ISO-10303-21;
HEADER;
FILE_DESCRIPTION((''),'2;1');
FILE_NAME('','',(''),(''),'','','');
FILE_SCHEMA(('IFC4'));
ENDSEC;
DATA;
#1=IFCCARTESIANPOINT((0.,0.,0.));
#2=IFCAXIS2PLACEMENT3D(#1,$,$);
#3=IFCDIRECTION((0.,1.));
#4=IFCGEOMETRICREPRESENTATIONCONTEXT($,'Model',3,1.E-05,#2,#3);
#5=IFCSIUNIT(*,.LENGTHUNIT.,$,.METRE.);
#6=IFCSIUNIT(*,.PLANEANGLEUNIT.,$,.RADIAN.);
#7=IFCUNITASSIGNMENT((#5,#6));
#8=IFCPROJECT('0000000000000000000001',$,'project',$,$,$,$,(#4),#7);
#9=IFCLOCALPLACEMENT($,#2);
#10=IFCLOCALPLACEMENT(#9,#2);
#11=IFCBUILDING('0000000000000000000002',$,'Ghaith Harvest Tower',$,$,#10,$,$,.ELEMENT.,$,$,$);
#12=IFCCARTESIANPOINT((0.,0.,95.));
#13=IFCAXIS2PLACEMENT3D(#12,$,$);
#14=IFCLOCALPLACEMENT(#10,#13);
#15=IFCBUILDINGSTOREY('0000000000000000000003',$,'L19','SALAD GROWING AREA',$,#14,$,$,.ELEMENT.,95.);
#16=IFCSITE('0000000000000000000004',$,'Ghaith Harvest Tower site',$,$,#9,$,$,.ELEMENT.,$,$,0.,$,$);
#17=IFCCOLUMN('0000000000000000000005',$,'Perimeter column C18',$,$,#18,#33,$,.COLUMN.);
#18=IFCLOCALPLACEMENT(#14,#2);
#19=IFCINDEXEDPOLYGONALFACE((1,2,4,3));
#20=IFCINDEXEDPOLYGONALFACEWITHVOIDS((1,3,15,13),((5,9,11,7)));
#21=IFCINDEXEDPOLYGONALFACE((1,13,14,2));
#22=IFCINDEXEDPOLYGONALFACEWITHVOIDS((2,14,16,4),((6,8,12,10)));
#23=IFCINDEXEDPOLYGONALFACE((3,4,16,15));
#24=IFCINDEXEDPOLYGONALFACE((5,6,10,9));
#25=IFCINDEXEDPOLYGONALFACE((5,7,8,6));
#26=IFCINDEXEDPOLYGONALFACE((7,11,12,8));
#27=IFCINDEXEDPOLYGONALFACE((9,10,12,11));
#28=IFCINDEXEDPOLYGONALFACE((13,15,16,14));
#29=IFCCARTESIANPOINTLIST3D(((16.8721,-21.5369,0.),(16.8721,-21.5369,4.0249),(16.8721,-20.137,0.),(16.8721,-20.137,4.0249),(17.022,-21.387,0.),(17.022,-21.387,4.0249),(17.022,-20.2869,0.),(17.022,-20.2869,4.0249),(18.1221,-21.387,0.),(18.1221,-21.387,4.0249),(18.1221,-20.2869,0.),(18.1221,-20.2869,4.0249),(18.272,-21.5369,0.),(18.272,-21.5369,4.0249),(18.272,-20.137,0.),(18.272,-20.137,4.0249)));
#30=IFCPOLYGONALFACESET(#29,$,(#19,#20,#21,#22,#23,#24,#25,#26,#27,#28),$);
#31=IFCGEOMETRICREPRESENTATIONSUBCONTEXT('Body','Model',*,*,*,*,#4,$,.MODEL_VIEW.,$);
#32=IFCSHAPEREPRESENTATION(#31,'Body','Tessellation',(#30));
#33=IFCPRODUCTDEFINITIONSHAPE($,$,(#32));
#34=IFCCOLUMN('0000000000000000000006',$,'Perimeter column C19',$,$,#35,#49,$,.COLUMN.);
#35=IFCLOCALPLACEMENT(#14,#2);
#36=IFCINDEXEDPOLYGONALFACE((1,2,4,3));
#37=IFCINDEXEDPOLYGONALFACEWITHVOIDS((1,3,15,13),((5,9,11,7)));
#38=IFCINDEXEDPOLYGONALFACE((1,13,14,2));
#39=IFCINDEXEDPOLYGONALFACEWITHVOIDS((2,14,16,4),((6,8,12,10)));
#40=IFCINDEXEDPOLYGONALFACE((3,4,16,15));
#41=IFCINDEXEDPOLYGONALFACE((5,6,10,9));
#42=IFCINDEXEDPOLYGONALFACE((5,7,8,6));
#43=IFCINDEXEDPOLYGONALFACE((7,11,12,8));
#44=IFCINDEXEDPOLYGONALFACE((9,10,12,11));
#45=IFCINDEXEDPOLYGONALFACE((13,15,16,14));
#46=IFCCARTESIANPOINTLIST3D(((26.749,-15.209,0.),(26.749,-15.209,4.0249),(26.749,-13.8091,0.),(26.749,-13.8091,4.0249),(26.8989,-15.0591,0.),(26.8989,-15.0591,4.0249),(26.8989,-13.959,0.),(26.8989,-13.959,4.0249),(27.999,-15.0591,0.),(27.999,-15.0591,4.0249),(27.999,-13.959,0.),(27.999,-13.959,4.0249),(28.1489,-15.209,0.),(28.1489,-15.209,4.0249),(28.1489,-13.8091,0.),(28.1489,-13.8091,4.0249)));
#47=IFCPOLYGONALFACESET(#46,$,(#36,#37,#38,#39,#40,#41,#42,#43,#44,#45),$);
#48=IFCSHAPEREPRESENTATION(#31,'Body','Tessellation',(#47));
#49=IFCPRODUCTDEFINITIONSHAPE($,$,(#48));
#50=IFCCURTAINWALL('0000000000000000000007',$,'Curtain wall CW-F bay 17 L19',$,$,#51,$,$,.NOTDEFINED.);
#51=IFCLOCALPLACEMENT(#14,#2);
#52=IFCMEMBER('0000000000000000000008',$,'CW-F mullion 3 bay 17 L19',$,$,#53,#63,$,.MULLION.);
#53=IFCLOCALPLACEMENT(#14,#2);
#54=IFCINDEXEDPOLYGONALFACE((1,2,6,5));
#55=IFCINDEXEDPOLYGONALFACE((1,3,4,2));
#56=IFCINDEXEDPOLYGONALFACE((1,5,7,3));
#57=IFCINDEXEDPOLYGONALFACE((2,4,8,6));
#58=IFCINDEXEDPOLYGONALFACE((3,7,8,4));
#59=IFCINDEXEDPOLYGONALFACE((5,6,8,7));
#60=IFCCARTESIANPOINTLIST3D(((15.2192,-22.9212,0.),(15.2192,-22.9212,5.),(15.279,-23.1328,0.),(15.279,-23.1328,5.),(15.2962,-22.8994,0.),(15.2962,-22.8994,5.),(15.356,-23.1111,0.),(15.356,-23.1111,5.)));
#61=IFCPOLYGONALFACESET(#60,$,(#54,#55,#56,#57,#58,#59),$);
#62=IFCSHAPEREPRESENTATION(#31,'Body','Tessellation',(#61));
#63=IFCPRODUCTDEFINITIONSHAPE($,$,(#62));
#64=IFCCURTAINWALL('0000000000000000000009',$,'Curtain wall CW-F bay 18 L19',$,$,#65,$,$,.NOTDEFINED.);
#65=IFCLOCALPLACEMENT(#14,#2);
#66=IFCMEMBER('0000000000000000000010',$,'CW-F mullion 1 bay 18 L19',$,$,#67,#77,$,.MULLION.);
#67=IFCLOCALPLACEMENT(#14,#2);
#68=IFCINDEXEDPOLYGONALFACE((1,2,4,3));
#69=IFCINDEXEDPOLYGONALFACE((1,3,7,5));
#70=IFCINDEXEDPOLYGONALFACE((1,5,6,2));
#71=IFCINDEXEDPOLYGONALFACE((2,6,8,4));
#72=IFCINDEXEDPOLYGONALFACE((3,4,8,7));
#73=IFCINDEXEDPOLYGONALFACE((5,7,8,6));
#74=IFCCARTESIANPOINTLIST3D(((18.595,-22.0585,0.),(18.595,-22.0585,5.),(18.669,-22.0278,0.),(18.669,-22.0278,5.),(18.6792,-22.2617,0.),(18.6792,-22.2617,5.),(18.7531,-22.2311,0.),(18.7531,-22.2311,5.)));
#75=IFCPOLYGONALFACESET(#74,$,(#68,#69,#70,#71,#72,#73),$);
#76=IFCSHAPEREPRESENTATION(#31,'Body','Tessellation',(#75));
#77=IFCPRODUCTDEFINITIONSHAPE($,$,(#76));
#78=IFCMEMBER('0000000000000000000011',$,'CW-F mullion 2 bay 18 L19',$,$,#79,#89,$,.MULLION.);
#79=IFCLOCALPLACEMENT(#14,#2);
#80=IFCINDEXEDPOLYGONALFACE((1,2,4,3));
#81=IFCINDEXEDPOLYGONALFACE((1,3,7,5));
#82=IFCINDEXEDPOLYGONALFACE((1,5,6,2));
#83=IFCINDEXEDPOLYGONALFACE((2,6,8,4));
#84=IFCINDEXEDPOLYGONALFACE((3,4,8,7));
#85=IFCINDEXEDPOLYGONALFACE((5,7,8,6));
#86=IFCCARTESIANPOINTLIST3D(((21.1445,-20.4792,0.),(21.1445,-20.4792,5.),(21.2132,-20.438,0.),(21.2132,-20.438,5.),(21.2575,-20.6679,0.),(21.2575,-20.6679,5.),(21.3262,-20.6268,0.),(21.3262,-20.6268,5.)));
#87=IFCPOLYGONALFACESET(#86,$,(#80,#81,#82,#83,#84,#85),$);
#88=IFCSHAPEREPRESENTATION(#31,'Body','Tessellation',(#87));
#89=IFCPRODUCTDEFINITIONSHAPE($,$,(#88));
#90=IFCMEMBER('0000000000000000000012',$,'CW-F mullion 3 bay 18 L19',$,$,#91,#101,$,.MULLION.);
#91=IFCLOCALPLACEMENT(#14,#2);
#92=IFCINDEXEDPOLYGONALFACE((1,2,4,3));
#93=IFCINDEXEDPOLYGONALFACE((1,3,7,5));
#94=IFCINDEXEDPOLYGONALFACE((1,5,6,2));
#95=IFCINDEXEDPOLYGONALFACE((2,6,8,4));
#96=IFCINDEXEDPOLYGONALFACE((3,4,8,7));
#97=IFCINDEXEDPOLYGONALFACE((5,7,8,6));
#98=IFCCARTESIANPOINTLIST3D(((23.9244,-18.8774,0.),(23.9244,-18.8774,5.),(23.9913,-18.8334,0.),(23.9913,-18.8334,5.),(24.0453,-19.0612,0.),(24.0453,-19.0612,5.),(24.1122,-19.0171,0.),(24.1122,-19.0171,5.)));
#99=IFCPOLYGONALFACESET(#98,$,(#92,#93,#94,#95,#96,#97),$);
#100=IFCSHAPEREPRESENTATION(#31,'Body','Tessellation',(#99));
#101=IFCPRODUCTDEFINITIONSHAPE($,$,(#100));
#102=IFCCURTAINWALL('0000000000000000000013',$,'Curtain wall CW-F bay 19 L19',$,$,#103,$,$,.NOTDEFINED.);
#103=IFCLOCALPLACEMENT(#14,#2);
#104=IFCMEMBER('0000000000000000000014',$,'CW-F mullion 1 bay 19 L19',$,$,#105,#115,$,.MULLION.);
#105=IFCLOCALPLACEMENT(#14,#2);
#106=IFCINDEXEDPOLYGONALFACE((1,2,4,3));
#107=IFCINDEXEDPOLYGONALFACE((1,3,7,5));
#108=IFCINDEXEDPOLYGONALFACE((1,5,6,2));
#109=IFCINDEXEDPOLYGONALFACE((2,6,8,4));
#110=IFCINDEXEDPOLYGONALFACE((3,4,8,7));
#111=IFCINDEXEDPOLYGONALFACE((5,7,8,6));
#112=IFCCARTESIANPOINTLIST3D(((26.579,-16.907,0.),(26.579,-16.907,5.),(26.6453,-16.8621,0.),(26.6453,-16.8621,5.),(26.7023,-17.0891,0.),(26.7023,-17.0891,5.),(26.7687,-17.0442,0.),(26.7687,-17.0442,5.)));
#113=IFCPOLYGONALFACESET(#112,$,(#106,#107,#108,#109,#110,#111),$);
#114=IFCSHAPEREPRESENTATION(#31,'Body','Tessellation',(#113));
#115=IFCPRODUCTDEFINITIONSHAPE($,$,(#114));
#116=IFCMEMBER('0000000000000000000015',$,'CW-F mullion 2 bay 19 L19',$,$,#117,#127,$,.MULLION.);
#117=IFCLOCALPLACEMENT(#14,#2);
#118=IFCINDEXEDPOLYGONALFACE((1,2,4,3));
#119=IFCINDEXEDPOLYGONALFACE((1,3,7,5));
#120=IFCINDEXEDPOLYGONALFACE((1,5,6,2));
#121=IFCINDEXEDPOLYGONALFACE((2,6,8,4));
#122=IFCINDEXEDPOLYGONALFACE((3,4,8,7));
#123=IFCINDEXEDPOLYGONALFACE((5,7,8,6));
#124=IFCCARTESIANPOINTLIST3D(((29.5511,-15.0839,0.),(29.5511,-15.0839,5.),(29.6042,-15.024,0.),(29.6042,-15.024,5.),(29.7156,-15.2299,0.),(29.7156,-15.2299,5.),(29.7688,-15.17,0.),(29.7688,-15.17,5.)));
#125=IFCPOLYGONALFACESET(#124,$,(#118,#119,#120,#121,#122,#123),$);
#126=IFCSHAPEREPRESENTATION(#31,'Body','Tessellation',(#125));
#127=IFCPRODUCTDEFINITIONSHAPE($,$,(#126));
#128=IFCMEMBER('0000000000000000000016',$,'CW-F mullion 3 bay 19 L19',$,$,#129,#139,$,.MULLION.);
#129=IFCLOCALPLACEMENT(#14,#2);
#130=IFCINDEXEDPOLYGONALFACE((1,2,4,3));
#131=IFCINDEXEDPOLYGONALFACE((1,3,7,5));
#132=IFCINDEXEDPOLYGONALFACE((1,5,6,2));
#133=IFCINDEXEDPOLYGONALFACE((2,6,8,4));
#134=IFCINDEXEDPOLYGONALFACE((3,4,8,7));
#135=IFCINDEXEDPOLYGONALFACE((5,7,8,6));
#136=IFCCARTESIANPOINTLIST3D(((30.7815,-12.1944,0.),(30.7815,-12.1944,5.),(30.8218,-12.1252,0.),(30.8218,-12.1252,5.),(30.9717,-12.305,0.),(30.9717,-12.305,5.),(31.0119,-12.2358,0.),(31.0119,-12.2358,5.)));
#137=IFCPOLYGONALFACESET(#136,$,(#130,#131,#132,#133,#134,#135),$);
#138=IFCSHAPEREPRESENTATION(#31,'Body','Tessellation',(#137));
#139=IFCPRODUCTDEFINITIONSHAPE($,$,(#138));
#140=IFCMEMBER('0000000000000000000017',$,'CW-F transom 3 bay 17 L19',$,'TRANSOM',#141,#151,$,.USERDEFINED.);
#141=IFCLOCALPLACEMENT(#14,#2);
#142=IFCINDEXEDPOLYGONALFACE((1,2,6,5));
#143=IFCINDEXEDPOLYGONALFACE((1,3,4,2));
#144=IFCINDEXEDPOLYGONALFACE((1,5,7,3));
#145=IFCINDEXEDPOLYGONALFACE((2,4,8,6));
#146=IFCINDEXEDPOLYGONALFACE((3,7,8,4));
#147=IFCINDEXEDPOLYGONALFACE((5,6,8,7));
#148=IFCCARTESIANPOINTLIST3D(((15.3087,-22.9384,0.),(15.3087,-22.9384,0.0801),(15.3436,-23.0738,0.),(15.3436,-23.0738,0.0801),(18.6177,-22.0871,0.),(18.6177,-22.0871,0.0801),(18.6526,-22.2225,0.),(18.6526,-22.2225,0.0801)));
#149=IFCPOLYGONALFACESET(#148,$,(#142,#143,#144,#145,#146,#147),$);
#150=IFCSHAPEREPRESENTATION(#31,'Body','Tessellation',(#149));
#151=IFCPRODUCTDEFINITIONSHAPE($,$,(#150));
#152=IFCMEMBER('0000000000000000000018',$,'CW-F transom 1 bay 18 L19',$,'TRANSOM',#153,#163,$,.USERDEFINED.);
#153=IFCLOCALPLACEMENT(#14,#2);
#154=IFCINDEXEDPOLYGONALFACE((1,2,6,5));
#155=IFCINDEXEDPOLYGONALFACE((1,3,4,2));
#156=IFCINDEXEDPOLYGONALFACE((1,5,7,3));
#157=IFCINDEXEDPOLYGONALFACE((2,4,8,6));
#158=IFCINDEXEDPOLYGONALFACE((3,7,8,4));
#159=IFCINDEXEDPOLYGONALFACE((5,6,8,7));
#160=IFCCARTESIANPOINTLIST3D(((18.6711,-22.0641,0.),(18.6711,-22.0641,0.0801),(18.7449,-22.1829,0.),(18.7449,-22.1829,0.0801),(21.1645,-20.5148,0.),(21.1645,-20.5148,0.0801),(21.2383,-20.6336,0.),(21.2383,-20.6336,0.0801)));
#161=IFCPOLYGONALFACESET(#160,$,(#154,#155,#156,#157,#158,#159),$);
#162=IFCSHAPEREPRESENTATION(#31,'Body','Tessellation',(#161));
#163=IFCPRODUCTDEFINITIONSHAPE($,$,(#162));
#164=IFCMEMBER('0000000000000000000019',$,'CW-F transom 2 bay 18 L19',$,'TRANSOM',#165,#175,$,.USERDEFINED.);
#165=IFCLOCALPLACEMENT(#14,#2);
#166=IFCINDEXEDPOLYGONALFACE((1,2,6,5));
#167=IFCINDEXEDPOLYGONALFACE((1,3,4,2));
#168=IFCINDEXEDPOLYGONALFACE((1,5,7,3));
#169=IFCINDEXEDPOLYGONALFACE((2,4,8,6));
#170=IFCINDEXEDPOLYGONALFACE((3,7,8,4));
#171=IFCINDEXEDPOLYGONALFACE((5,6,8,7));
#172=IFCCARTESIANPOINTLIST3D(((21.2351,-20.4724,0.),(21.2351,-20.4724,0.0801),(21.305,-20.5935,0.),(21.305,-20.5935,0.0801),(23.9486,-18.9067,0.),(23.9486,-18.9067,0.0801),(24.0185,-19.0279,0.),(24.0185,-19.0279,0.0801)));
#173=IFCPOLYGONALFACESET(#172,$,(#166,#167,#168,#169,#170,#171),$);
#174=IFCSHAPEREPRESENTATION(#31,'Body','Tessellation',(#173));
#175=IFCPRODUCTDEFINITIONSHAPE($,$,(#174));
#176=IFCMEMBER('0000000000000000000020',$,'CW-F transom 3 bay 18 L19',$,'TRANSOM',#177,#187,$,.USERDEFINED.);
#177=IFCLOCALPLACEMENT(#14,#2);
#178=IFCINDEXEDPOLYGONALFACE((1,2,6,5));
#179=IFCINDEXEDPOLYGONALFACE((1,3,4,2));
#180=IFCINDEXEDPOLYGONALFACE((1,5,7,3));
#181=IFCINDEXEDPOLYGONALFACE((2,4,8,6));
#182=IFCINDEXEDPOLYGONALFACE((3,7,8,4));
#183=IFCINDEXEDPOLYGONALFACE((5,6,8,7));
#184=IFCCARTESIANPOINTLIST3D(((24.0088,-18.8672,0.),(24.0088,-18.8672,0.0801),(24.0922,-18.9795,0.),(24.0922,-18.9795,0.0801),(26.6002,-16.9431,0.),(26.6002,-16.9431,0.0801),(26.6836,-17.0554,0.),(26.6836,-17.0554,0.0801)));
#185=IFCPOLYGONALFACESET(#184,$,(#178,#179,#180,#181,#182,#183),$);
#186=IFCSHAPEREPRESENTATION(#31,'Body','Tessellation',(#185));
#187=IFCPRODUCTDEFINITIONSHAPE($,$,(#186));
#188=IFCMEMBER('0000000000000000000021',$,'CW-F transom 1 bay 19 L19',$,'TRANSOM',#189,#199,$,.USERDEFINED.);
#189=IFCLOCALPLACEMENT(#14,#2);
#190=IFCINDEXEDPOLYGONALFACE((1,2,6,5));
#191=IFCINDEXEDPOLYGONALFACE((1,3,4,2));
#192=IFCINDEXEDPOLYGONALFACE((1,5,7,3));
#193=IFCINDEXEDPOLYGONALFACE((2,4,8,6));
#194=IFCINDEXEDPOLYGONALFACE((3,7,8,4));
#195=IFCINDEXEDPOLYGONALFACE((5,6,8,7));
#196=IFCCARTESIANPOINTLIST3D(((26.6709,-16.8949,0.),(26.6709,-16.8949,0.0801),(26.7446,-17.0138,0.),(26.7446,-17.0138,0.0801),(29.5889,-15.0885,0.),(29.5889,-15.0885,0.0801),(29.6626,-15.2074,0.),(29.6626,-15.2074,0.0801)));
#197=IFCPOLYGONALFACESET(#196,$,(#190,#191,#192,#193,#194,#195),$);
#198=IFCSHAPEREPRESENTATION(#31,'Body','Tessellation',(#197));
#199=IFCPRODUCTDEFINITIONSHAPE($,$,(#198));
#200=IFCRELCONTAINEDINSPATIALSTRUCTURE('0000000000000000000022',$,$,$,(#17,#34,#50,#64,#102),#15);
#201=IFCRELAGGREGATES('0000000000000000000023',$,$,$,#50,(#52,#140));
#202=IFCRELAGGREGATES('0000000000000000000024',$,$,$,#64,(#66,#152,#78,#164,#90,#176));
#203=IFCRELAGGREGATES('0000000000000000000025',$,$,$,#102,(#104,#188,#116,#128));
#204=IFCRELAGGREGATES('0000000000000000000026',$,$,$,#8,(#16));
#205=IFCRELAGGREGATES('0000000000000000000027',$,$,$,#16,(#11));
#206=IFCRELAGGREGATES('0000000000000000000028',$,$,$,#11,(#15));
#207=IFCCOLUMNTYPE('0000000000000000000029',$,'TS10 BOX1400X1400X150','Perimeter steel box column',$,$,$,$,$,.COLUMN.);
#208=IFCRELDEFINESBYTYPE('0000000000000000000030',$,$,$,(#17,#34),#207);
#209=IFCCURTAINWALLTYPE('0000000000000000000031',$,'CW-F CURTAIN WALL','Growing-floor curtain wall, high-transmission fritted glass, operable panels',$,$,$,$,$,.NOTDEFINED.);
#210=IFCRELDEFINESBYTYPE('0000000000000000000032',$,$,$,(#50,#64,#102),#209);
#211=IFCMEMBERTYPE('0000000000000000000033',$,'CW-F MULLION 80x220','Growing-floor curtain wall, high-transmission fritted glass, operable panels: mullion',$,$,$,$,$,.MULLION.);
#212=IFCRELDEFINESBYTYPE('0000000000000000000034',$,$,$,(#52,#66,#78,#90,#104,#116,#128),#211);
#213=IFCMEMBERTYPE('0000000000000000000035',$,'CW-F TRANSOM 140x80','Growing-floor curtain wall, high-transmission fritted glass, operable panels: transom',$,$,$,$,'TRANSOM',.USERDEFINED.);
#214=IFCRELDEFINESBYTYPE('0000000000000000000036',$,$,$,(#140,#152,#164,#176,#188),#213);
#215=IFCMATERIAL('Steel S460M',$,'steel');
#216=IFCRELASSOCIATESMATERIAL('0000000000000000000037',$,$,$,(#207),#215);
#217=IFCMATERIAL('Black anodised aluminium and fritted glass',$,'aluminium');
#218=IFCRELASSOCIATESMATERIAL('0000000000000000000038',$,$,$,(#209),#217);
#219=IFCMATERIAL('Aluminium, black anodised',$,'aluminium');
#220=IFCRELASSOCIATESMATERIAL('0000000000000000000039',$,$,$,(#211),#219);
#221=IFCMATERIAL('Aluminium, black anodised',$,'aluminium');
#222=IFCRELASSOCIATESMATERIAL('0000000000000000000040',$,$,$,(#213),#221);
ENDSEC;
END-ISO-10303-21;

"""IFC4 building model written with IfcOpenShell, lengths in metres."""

from ifc_helpers import new_model, si_unit, direction, frame, origin, origin_2d, place, context, subcontext, project, spatial, rectangle, hollow_rectangle, extrude, material, material_profile, profile_set, type_object, element, aggregate, save


model = new_model("IFC4")

# Units and contexts
model_context = context("Model", 3, precision=1e-05, world=origin(), true_north=direction((0.0, 1.0)))
body_context = subcontext(model_context, "Body", "Model", "MODEL_VIEW")
ifc_project = project(units=[si_unit("LENGTHUNIT", "METRE"), si_unit("PLANEANGLEUNIT", "RADIAN")], contexts=[model_context])

# Site, building, storey
site_placement = place(None, origin())
site = spatial("IfcSite", under=ifc_project, at=site_placement, Name="Ghaith Harvest Tower site", CompositionType="ELEMENT", RefElevation=0.0)
building_placement = place(site_placement, origin())
building = spatial("IfcBuilding", under=site, at=building_placement, Name="Ghaith Harvest Tower", CompositionType="ELEMENT")
storey_placement = place(building_placement, frame((0.0, 0.0, 95.0)))
storey = spatial("IfcBuildingStorey", under=building, at=storey_placement, Name="L19", Description="SALAD GROWING AREA", CompositionType="ELEMENT", Elevation=95.0)

# Columns
ifc_material_1 = material(Name="Steel S460M", Category="steel")
ifc_material_profile_1 = material_profile(ifc_material_1, hollow_rectangle(XDim=1.3999, YDim=1.3999, WallThickness=0.1499, at=origin_2d()), Name="BOX1400X1400X150")
ifc_profile_set_1 = profile_set([ifc_material_profile_1], Name="Steel S460M")
column_type = type_object("IfcColumnType", Name="TS10 BOX1400X1400X150", Description="Perimeter steel box column", PredefinedType="COLUMN", material=ifc_profile_set_1)
for number, where, z_axis, x_axis, name in (
    (1, (17.572, -20.8369, 0.0), (0.0, 0.0, 1.0), (1.0, 0.0, 0.0), "Perimeter column C18"),
    (2, (27.449, -14.509, 0.0), (0.0, 0.0, 1.0), (1.0, 0.0, 0.0), "Perimeter column C19"),
):
    element("IfcColumn", number, at=place(storey_placement, frame(where, z_axis=z_axis, x_axis=x_axis)), inside=storey, type_object=column_type, Name=name, PredefinedType="COLUMN", context=body_context, shape_type="SweptSolid", body=[
        extrude(hollow_rectangle(XDim=1.3999, YDim=1.3999, WallThickness=0.1499, at=origin_2d()), origin(), (0.0, 0.0, 1.0), 4.0249),
    ])

# Curtain wall, member
ifc_material_2 = material(Name="Black anodised aluminium and fritted glass", Category="aluminium")
curtain_wall_type = type_object("IfcCurtainWallType", Name="CW-F CURTAIN WALL", Description="Growing-floor curtain wall, high-transmission fritted glass, operable panels", PredefinedType="NOTDEFINED", material=ifc_material_2)
curtain_wall_1_placement = place(storey_placement, origin())
curtain_wall_1 = element("IfcCurtainWall", 3, at=curtain_wall_1_placement, inside=storey, type_object=curtain_wall_type, Name="Curtain wall CW-F bay 17 L19", PredefinedType="NOTDEFINED")
ifc_material_3 = material(Name="Aluminium, black anodised", Category="aluminium")
ifc_material_profile_2 = material_profile(ifc_material_3, rectangle(XDim=0.0801, YDim=0.22, at=origin_2d()), Name="CW-F MULLION 80x220")
ifc_profile_set_2 = profile_set([ifc_material_profile_2], Name="Aluminium, black anodised")
member_type_1 = type_object("IfcMemberType", Name="CW-F MULLION 80x220", Description="Growing-floor curtain wall, high-transmission fritted glass, operable panels: mullion", PredefinedType="MULLION", material=ifc_profile_set_2)
member_1_placement = place(storey_placement, frame((15.2876, -23.0161, 0.0), z_axis=(0.0, 0.0, 1.0), x_axis=(0.962313, 0.271944, 0.0)))
member_1 = element("IfcMember", 4, at=member_1_placement, type_object=member_type_1, Name="CW-F mullion 3 bay 17 L19", PredefinedType="MULLION", context=body_context, shape_type="SweptSolid", body=[
    extrude(rectangle(XDim=0.0801, YDim=0.22, at=origin_2d()), origin(), (0.0, 0.0, 1.0), 5.0),
])

# Curtain walls, members
curtain_wall_2_placement = place(storey_placement, origin())
curtain_wall_2 = element("IfcCurtainWall", 5, at=curtain_wall_2_placement, inside=storey, type_object=curtain_wall_type, Name="Curtain wall CW-F bay 18 L19", PredefinedType="NOTDEFINED")
member_2_placement = place(storey_placement, frame((18.6741, -22.1448, 0.0), z_axis=(0.0, 0.0, 1.0), x_axis=(0.92391, 0.382609, 0.0)))
member_2 = element("IfcMember", 6, at=member_2_placement, type_object=member_type_1, Name="CW-F mullion 1 bay 18 L19", PredefinedType="MULLION", context=body_context, shape_type="SweptSolid", body=[
    extrude(rectangle(XDim=0.0801, YDim=0.22, at=origin_2d()), origin(), (0.0, 0.0, 1.0), 5.0),
])
member_3_placement = place(storey_placement, frame((21.2354, -20.553, 0.0), z_axis=(0.0, 0.0, 1.0), x_axis=(0.85814, 0.513415, 0.0)))
member_3 = element("IfcMember", 7, at=member_3_placement, type_object=member_type_1, Name="CW-F mullion 2 bay 18 L19", PredefinedType="MULLION", context=body_context, shape_type="SweptSolid", body=[
    extrude(rectangle(XDim=0.0801, YDim=0.22, at=origin_2d()), origin(), (0.0, 0.0, 1.0), 5.0),
])
member_4_placement = place(storey_placement, frame((24.0183, -18.9473, 0.0), z_axis=(0.0, 0.0, 1.0), x_axis=(0.835444, 0.549576, 0.0)))
member_4 = element("IfcMember", 8, at=member_4_placement, type_object=member_type_1, Name="CW-F mullion 3 bay 18 L19", PredefinedType="MULLION", context=body_context, shape_type="SweptSolid", body=[
    extrude(rectangle(XDim=0.0801, YDim=0.22, at=origin_2d()), origin(), (0.0, 0.0, 1.0), 5.0),
])
curtain_wall_3_placement = place(storey_placement, origin())
curtain_wall_3 = element("IfcCurtainWall", 9, at=curtain_wall_3_placement, inside=storey, type_object=curtain_wall_type, Name="Curtain wall CW-F bay 19 L19", PredefinedType="NOTDEFINED")
member_5_placement = place(storey_placement, frame((26.6738, -16.9756, 0.0), z_axis=(0.0, 0.0, 1.0), x_axis=(0.828002, 0.560725, 0.0)))
member_5 = element("IfcMember", 10, at=member_5_placement, type_object=member_type_1, Name="CW-F mullion 1 bay 19 L19", PredefinedType="MULLION", context=body_context, shape_type="SweptSolid", body=[
    extrude(rectangle(XDim=0.0801, YDim=0.22, at=origin_2d()), origin(), (0.0, 0.0, 1.0), 5.0),
])
member_6_placement = place(storey_placement, frame((29.6599, -15.127, 0.0), z_axis=(0.0, 0.0, 1.0), x_axis=(0.663605, 0.748083, 0.0)))
member_6 = element("IfcMember", 11, at=member_6_placement, type_object=member_type_1, Name="CW-F mullion 2 bay 19 L19", PredefinedType="MULLION", context=body_context, shape_type="SweptSolid", body=[
    extrude(rectangle(XDim=0.0801, YDim=0.22, at=origin_2d()), origin(), (0.0, 0.0, 1.0), 5.0),
])
member_7_placement = place(storey_placement, frame((30.8967, -12.2151, 0.0), z_axis=(0.0, 0.0, 1.0), x_axis=(0.502795, 0.864406, 0.0)))
member_7 = element("IfcMember", 12, at=member_7_placement, type_object=member_type_1, Name="CW-F mullion 3 bay 19 L19", PredefinedType="MULLION", context=body_context, shape_type="SweptSolid", body=[
    extrude(rectangle(XDim=0.0801, YDim=0.22, at=origin_2d()), origin(), (0.0, 0.0, 1.0), 5.0),
])

# Members
ifc_material_4 = material(Name="Aluminium, black anodised", Category="aluminium")
ifc_material_profile_3 = material_profile(ifc_material_4, rectangle(XDim=0.1399, YDim=0.0801, at=origin_2d()), Name="CW-F TRANSOM 140x80")
ifc_profile_set_3 = profile_set([ifc_material_profile_3], Name="Aluminium, black anodised")
member_type_2 = type_object("IfcMemberType", Name="CW-F TRANSOM 140x80", Description="Growing-floor curtain wall, high-transmission fritted glass, operable panels: transom", ElementType="TRANSOM", PredefinedType="USERDEFINED", material=ifc_profile_set_3)
member_8_placement = place(storey_placement, frame((15.3262, -23.0061, 0.04), z_axis=(0.968464, 0.249154, 0.0), x_axis=(-0.249154, 0.968464, 0.0)))
member_8 = element("IfcMember", 13, at=member_8_placement, type_object=member_type_2, Name="CW-F transom 3 bay 17 L19", ObjectType="TRANSOM", PredefinedType="USERDEFINED", context=body_context, shape_type="SweptSolid", body=[
    extrude(rectangle(XDim=0.1399, YDim=0.0801, at=origin_2d()), origin(), (0.0, 0.0, 1.0), 3.4167),
])
member_9_placement = place(storey_placement, frame((18.708, -22.1235, 0.04), z_axis=(0.849383, 0.527777, 0.0), x_axis=(-0.527777, 0.849383, 0.0)))
member_9 = element("IfcMember", 14, at=member_9_placement, type_object=member_type_2, Name="CW-F transom 1 bay 18 L19", ObjectType="TRANSOM", PredefinedType="USERDEFINED", context=body_context, shape_type="SweptSolid", body=[
    extrude(rectangle(XDim=0.1399, YDim=0.0801, at=origin_2d()), origin(), (0.0, 0.0, 1.0), 2.9355),
])
member_10_placement = place(storey_placement, frame((21.27, -20.533, 0.04), z_axis=(0.866169, 0.499752, 0.0), x_axis=(-0.499752, 0.866169, 0.0)))
member_10 = element("IfcMember", 15, at=member_10_placement, type_object=member_type_2, Name="CW-F transom 2 bay 18 L19", ObjectType="TRANSOM", PredefinedType="USERDEFINED", context=body_context, shape_type="SweptSolid", body=[
    extrude(rectangle(XDim=0.1399, YDim=0.0801, at=origin_2d()), origin(), (0.0, 0.0, 1.0), 3.1328),
])
member_11_placement = place(storey_placement, frame((24.0505, -18.9233, 0.04), z_axis=(0.802877, 0.596144, 0.0), x_axis=(-0.596144, 0.802877, 0.0)))
member_11 = element("IfcMember", 16, at=member_11_placement, type_object=member_type_2, Name="CW-F transom 3 bay 18 L19", ObjectType="TRANSOM", PredefinedType="USERDEFINED", context=body_context, shape_type="SweptSolid", body=[
    extrude(rectangle(XDim=0.1399, YDim=0.0801, at=origin_2d()), origin(), (0.0, 0.0, 1.0), 3.2275),
])
member_12_placement = place(storey_placement, frame((26.7078, -16.9543, 0.04), z_axis=(0.850261, 0.526362, 0.0), x_axis=(-0.526362, 0.850261, 0.0)))
member_12 = element("IfcMember", 17, at=member_12_placement, type_object=member_type_2, Name="CW-F transom 1 bay 19 L19", ObjectType="TRANSOM", PredefinedType="USERDEFINED", context=body_context, shape_type="SweptSolid", body=[
    extrude(rectangle(XDim=0.1399, YDim=0.0801, at=origin_2d()), origin(), (0.0, 0.0, 1.0), 3.4319),
])

aggregate(curtain_wall_1, [member_1, member_8])
aggregate(curtain_wall_2, [member_2, member_9, member_3, member_10, member_4, member_11])
aggregate(curtain_wall_3, [member_5, member_12, member_6, member_7])

save(model, "model.ifc")
